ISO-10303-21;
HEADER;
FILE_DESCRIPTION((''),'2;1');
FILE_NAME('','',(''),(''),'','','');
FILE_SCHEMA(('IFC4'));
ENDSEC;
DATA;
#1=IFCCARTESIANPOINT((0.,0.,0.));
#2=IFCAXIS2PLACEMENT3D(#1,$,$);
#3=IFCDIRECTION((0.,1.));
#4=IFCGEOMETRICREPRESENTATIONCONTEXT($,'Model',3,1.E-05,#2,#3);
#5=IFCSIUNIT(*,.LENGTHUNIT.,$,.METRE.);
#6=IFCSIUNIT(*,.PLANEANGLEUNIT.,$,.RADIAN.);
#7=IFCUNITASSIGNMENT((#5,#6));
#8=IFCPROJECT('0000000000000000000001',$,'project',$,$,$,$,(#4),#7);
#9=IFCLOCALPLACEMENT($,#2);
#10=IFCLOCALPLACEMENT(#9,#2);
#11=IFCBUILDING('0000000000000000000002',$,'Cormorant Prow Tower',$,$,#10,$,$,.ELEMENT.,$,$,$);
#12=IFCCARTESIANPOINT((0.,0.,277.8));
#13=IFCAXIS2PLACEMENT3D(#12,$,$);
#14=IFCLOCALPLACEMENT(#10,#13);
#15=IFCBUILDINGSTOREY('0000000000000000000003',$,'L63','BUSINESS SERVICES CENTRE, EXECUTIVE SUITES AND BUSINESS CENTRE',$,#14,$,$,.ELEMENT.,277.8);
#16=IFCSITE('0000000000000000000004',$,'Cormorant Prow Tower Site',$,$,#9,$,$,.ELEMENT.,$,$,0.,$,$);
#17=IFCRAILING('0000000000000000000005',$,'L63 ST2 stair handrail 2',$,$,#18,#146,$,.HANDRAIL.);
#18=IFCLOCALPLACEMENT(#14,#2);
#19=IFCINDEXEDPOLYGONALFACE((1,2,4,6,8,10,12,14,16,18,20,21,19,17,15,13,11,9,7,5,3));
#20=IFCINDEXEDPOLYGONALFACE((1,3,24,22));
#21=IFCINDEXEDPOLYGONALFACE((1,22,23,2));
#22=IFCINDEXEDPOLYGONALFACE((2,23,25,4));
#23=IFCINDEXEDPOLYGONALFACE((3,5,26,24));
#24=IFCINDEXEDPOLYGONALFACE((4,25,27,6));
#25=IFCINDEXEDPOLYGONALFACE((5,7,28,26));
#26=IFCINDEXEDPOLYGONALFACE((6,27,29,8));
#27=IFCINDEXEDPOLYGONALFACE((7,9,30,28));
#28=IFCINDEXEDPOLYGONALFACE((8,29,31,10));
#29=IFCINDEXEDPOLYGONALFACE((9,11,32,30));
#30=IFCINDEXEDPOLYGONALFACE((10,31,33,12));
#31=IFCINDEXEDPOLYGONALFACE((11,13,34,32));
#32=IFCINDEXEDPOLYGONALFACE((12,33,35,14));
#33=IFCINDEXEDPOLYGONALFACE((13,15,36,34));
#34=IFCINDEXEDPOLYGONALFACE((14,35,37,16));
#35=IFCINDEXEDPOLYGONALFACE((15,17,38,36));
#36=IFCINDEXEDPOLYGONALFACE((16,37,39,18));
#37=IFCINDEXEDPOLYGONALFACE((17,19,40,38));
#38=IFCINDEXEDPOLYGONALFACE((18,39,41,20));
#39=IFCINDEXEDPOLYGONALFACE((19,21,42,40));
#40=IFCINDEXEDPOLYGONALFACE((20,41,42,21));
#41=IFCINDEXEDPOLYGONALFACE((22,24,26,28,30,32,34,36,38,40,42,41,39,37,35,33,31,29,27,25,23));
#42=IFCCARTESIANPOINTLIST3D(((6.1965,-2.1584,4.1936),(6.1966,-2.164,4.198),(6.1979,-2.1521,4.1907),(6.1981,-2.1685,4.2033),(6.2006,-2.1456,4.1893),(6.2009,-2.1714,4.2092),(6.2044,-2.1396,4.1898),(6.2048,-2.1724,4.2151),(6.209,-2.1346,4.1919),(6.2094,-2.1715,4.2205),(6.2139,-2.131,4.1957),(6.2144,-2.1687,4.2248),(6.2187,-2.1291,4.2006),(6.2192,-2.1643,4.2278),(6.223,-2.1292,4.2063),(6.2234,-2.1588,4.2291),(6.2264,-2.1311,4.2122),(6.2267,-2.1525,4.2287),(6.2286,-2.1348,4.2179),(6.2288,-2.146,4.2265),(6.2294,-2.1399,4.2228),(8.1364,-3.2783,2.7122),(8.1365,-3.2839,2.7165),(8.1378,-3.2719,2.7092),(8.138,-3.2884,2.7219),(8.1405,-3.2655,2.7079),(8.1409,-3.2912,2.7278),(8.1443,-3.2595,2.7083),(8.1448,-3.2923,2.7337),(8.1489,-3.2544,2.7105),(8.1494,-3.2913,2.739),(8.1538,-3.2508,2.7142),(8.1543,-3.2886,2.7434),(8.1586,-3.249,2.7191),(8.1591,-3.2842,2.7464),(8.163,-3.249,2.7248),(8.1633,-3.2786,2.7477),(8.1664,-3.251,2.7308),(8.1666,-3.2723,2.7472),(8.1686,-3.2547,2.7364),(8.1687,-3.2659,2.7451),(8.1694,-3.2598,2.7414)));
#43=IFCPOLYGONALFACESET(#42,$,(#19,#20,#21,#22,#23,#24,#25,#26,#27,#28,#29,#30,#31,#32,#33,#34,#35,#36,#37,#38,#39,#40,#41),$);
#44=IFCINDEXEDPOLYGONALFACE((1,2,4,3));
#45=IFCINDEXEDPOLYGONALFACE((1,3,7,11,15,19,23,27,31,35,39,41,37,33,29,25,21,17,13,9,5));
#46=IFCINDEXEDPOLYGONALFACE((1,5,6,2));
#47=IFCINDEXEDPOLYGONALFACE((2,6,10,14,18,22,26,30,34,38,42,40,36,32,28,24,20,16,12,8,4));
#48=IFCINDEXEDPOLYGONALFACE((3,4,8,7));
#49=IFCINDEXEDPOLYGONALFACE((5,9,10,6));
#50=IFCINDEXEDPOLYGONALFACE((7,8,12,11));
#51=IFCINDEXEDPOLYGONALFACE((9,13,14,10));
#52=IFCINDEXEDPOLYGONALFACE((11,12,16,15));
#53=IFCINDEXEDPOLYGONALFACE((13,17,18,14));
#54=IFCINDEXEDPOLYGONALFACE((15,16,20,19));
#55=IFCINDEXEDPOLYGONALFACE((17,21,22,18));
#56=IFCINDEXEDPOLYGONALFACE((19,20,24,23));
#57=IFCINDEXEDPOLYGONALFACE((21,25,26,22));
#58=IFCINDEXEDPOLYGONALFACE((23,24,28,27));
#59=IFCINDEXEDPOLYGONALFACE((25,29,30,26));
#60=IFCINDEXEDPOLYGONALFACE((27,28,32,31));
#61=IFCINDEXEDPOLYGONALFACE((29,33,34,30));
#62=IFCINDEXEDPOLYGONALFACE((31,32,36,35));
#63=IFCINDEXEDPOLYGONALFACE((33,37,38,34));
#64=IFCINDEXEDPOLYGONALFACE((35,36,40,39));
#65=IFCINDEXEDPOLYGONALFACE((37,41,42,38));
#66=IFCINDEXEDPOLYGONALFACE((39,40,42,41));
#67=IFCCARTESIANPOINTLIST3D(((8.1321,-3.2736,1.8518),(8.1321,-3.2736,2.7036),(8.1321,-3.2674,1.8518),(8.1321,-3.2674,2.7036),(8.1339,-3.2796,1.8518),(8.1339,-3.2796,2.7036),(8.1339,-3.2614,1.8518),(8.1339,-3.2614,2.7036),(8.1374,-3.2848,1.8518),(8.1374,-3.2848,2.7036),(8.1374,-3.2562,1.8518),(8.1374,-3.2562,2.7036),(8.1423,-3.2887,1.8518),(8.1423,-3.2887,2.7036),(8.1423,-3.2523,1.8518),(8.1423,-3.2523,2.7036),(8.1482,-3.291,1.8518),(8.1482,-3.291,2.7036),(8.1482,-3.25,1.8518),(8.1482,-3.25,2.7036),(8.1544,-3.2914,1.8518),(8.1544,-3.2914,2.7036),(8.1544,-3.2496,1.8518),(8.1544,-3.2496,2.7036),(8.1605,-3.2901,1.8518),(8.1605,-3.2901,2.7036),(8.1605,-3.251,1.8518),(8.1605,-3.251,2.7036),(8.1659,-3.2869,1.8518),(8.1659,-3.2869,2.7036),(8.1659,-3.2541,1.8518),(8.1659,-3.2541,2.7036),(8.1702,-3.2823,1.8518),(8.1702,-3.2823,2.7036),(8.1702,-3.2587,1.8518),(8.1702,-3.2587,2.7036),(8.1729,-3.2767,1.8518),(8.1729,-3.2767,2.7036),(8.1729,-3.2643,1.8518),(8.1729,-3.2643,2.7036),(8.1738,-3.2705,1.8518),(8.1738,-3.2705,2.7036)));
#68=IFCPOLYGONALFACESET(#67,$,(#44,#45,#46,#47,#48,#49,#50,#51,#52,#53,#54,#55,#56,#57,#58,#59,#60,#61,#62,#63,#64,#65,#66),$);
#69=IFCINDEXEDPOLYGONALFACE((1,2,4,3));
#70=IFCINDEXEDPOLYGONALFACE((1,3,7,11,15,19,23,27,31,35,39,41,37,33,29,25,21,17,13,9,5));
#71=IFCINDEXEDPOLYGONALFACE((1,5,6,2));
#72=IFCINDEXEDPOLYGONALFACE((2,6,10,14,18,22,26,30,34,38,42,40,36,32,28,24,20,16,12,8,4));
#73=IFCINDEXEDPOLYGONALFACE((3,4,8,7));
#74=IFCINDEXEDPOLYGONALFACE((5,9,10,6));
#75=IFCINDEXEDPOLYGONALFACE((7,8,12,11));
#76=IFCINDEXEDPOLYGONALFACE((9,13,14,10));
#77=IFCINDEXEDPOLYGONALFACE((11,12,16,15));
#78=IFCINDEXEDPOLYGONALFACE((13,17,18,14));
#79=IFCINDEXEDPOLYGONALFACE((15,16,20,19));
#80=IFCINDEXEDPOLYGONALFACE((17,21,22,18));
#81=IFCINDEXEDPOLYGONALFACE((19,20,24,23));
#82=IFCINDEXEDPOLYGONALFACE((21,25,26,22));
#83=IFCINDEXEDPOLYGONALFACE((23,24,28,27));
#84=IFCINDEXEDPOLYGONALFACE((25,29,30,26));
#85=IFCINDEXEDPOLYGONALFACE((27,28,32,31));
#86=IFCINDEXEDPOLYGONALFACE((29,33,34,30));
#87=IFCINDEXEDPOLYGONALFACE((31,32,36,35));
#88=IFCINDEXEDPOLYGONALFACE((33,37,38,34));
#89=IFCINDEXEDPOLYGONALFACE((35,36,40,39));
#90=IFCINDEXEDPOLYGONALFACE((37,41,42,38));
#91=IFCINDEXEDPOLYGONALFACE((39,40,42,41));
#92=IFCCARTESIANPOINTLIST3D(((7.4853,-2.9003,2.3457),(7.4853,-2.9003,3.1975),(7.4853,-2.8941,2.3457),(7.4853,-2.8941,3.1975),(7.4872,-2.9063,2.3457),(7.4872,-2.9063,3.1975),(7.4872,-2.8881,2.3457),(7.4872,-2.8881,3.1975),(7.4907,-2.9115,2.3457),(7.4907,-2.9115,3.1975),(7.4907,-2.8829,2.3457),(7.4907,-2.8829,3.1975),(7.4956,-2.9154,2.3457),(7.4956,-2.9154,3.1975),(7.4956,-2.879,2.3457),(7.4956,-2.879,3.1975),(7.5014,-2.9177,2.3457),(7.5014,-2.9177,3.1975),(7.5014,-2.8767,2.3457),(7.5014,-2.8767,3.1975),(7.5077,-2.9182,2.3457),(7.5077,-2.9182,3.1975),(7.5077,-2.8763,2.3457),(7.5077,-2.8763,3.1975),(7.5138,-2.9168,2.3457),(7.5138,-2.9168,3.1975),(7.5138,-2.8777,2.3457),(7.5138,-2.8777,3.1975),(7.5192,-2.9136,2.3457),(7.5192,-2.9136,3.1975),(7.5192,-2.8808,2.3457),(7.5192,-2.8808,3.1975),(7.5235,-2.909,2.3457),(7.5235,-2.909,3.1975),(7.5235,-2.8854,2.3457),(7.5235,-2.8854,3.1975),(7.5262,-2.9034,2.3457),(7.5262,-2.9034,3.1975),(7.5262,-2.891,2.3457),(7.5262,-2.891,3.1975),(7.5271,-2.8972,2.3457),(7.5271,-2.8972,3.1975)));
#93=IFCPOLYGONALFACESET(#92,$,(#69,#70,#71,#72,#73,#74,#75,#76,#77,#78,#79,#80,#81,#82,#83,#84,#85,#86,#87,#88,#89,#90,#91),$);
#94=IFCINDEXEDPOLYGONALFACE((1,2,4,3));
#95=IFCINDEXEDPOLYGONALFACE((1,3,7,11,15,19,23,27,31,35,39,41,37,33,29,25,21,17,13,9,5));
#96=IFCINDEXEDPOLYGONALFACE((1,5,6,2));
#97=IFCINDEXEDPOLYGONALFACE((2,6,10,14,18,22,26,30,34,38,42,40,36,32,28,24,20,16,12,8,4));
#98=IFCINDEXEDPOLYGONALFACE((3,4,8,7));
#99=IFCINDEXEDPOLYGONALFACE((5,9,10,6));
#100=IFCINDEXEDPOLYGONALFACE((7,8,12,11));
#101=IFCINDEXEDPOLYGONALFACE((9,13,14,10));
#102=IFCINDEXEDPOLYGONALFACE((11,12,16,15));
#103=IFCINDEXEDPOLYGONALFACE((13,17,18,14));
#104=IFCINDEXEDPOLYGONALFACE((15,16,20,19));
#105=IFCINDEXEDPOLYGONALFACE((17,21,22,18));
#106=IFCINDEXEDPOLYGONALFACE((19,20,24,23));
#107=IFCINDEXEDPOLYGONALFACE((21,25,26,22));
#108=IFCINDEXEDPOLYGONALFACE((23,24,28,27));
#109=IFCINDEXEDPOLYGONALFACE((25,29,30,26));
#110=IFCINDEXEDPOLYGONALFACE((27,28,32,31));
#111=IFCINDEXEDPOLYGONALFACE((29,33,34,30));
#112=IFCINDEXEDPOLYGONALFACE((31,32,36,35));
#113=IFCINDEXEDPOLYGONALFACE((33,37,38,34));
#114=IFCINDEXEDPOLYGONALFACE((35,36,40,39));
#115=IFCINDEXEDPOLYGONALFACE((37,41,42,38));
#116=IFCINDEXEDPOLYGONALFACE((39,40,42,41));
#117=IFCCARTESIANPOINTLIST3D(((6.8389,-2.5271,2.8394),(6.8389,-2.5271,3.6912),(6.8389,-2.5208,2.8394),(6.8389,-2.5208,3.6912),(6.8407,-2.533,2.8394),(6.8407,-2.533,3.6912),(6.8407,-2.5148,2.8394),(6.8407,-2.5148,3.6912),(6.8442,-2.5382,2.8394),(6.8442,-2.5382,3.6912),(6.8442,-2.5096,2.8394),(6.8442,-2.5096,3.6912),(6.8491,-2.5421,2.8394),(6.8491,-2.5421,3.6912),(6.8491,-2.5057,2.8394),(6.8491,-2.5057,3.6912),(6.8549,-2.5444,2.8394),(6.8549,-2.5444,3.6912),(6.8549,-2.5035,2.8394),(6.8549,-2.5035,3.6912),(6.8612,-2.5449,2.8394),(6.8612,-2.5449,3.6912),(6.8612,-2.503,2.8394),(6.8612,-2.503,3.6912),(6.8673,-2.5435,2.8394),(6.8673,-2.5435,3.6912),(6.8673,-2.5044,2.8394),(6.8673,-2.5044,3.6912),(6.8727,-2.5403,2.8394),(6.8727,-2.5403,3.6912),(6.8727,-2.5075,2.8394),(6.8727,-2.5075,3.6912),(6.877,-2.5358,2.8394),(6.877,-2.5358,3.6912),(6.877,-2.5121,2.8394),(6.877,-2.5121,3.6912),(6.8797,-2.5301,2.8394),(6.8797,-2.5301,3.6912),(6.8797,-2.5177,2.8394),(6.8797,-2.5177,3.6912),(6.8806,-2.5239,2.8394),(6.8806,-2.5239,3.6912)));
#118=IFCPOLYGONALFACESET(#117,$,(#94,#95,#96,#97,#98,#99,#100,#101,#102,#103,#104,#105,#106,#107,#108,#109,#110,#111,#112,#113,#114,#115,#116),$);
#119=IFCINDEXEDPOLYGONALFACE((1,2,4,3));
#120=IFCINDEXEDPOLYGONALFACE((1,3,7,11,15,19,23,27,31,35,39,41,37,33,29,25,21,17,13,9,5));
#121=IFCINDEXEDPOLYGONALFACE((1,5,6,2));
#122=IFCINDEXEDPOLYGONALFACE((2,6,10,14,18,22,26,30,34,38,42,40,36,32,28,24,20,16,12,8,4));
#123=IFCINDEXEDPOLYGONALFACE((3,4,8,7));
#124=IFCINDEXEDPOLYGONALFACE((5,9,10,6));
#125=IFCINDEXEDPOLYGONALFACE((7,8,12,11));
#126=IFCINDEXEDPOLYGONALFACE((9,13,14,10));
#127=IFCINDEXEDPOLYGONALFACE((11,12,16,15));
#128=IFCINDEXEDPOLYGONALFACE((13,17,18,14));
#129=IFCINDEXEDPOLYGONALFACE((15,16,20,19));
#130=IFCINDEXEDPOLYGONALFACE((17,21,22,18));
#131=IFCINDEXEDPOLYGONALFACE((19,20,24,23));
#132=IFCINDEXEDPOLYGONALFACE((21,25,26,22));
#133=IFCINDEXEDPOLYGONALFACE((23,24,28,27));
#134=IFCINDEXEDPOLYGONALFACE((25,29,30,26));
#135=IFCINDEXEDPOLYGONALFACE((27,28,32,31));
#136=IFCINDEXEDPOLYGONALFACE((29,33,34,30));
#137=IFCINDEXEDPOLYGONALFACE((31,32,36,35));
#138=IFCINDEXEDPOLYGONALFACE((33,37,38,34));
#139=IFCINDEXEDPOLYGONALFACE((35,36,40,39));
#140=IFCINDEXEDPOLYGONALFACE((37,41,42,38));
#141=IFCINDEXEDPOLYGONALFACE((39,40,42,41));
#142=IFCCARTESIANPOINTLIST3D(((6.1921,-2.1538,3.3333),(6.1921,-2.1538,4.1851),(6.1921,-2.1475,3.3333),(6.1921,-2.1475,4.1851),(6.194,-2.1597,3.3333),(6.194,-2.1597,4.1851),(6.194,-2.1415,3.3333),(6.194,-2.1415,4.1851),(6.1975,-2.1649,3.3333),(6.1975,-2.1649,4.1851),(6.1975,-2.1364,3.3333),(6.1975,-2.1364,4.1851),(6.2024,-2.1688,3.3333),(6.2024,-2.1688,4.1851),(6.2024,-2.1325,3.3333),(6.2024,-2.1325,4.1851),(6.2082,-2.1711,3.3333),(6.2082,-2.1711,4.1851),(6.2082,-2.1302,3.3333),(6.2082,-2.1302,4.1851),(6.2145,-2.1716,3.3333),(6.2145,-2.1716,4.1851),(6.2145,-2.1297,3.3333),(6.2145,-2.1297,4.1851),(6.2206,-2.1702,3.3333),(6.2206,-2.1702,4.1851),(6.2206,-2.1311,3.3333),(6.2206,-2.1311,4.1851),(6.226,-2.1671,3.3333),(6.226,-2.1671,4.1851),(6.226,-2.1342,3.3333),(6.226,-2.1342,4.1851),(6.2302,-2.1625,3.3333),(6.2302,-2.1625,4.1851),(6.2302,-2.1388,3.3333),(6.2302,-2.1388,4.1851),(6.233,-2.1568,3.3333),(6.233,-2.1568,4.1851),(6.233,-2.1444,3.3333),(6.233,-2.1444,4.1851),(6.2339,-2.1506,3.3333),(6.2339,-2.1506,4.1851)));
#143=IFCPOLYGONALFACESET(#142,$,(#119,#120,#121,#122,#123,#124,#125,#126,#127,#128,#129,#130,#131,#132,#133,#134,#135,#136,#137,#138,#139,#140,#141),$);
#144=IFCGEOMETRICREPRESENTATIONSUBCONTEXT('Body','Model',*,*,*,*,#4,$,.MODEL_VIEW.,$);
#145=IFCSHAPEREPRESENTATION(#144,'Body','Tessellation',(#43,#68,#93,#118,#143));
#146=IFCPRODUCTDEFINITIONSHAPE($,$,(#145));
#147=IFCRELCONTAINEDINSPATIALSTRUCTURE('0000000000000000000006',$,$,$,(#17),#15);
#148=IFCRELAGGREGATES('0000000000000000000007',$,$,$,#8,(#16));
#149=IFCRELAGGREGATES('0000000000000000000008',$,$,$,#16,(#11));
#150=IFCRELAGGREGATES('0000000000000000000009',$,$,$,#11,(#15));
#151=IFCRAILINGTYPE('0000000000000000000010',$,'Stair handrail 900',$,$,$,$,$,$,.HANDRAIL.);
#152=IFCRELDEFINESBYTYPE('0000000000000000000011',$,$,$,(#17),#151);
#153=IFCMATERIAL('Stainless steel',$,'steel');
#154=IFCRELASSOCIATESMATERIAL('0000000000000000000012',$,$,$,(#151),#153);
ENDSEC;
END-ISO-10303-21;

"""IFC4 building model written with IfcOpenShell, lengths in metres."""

from ifc_helpers import new_model, si_unit, direction, frame, origin, origin_2d, place, context, subcontext, project, spatial, circle, extrude, material, type_object, element, save


model = new_model("IFC4")

# Units and contexts
model_context = context("Model", 3, precision=1e-05, world=origin(), true_north=direction((0.0, 1.0)))
body_context = subcontext(model_context, "Body", "Model", "MODEL_VIEW")
ifc_project = project(units=[si_unit("LENGTHUNIT", "METRE"), si_unit("PLANEANGLEUNIT", "RADIAN")], contexts=[model_context])

# Site, building, storey
site_placement = place(None, origin())
site = spatial("IfcSite", under=ifc_project, at=site_placement, Name="Cormorant Prow Tower Site", CompositionType="ELEMENT", RefElevation=0.0)
building_placement = place(site_placement, origin())
building = spatial("IfcBuilding", under=site, at=building_placement, Name="Cormorant Prow Tower", CompositionType="ELEMENT")
storey_placement = place(building_placement, frame((0.0, 0.0, 277.8)))
storey = spatial("IfcBuildingStorey", under=building, at=storey_placement, Name="L63", Description="BUSINESS SERVICES CENTRE, EXECUTIVE SUITES AND BUSINESS CENTRE", CompositionType="ELEMENT", Elevation=277.8)

# Railing
ifc_material_1 = material(Name="Stainless steel", Category="steel")
railing_type = type_object("IfcRailingType", Name="Stair handrail 900", PredefinedType="HANDRAIL", material=ifc_material_1)
railing_1_placement = place(storey_placement, frame((8.1528, -3.2705, 1.8518)))
element("IfcRailing", 1, at=railing_1_placement, inside=storey, type_object=railing_type, Name="L63 ST2 stair handrail 2", PredefinedType="HANDRAIL", context=body_context, shape_type="SweptSolid", body=[
    extrude(circle(Radius=0.0239, at=origin_2d()), frame((0.0, 0.0, 0.876), z_axis=(-0.722363, 0.417, 0.551636), x_axis=(-0.499949, -0.866055, 0.0)), (0.0, 0.0, 1.0), 2.6855),
    extrude(circle(Radius=0.021, at=origin_2d()), origin(), (0.0, 0.0, 1.0), 0.8518),
    extrude(circle(Radius=0.021, at=origin_2d()), frame((-0.6467, 0.3733, 0.4939)), (0.0, 0.0, 1.0), 0.8518),
    extrude(circle(Radius=0.021, at=origin_2d()), frame((-1.2932, 0.7466, 0.9875)), (0.0, 0.0, 1.0), 0.8518),
    extrude(circle(Radius=0.021, at=origin_2d()), frame((-1.9399, 1.1199, 1.4814)), (0.0, 0.0, 1.0), 0.8518),
])

save(model, "model.ifc")
